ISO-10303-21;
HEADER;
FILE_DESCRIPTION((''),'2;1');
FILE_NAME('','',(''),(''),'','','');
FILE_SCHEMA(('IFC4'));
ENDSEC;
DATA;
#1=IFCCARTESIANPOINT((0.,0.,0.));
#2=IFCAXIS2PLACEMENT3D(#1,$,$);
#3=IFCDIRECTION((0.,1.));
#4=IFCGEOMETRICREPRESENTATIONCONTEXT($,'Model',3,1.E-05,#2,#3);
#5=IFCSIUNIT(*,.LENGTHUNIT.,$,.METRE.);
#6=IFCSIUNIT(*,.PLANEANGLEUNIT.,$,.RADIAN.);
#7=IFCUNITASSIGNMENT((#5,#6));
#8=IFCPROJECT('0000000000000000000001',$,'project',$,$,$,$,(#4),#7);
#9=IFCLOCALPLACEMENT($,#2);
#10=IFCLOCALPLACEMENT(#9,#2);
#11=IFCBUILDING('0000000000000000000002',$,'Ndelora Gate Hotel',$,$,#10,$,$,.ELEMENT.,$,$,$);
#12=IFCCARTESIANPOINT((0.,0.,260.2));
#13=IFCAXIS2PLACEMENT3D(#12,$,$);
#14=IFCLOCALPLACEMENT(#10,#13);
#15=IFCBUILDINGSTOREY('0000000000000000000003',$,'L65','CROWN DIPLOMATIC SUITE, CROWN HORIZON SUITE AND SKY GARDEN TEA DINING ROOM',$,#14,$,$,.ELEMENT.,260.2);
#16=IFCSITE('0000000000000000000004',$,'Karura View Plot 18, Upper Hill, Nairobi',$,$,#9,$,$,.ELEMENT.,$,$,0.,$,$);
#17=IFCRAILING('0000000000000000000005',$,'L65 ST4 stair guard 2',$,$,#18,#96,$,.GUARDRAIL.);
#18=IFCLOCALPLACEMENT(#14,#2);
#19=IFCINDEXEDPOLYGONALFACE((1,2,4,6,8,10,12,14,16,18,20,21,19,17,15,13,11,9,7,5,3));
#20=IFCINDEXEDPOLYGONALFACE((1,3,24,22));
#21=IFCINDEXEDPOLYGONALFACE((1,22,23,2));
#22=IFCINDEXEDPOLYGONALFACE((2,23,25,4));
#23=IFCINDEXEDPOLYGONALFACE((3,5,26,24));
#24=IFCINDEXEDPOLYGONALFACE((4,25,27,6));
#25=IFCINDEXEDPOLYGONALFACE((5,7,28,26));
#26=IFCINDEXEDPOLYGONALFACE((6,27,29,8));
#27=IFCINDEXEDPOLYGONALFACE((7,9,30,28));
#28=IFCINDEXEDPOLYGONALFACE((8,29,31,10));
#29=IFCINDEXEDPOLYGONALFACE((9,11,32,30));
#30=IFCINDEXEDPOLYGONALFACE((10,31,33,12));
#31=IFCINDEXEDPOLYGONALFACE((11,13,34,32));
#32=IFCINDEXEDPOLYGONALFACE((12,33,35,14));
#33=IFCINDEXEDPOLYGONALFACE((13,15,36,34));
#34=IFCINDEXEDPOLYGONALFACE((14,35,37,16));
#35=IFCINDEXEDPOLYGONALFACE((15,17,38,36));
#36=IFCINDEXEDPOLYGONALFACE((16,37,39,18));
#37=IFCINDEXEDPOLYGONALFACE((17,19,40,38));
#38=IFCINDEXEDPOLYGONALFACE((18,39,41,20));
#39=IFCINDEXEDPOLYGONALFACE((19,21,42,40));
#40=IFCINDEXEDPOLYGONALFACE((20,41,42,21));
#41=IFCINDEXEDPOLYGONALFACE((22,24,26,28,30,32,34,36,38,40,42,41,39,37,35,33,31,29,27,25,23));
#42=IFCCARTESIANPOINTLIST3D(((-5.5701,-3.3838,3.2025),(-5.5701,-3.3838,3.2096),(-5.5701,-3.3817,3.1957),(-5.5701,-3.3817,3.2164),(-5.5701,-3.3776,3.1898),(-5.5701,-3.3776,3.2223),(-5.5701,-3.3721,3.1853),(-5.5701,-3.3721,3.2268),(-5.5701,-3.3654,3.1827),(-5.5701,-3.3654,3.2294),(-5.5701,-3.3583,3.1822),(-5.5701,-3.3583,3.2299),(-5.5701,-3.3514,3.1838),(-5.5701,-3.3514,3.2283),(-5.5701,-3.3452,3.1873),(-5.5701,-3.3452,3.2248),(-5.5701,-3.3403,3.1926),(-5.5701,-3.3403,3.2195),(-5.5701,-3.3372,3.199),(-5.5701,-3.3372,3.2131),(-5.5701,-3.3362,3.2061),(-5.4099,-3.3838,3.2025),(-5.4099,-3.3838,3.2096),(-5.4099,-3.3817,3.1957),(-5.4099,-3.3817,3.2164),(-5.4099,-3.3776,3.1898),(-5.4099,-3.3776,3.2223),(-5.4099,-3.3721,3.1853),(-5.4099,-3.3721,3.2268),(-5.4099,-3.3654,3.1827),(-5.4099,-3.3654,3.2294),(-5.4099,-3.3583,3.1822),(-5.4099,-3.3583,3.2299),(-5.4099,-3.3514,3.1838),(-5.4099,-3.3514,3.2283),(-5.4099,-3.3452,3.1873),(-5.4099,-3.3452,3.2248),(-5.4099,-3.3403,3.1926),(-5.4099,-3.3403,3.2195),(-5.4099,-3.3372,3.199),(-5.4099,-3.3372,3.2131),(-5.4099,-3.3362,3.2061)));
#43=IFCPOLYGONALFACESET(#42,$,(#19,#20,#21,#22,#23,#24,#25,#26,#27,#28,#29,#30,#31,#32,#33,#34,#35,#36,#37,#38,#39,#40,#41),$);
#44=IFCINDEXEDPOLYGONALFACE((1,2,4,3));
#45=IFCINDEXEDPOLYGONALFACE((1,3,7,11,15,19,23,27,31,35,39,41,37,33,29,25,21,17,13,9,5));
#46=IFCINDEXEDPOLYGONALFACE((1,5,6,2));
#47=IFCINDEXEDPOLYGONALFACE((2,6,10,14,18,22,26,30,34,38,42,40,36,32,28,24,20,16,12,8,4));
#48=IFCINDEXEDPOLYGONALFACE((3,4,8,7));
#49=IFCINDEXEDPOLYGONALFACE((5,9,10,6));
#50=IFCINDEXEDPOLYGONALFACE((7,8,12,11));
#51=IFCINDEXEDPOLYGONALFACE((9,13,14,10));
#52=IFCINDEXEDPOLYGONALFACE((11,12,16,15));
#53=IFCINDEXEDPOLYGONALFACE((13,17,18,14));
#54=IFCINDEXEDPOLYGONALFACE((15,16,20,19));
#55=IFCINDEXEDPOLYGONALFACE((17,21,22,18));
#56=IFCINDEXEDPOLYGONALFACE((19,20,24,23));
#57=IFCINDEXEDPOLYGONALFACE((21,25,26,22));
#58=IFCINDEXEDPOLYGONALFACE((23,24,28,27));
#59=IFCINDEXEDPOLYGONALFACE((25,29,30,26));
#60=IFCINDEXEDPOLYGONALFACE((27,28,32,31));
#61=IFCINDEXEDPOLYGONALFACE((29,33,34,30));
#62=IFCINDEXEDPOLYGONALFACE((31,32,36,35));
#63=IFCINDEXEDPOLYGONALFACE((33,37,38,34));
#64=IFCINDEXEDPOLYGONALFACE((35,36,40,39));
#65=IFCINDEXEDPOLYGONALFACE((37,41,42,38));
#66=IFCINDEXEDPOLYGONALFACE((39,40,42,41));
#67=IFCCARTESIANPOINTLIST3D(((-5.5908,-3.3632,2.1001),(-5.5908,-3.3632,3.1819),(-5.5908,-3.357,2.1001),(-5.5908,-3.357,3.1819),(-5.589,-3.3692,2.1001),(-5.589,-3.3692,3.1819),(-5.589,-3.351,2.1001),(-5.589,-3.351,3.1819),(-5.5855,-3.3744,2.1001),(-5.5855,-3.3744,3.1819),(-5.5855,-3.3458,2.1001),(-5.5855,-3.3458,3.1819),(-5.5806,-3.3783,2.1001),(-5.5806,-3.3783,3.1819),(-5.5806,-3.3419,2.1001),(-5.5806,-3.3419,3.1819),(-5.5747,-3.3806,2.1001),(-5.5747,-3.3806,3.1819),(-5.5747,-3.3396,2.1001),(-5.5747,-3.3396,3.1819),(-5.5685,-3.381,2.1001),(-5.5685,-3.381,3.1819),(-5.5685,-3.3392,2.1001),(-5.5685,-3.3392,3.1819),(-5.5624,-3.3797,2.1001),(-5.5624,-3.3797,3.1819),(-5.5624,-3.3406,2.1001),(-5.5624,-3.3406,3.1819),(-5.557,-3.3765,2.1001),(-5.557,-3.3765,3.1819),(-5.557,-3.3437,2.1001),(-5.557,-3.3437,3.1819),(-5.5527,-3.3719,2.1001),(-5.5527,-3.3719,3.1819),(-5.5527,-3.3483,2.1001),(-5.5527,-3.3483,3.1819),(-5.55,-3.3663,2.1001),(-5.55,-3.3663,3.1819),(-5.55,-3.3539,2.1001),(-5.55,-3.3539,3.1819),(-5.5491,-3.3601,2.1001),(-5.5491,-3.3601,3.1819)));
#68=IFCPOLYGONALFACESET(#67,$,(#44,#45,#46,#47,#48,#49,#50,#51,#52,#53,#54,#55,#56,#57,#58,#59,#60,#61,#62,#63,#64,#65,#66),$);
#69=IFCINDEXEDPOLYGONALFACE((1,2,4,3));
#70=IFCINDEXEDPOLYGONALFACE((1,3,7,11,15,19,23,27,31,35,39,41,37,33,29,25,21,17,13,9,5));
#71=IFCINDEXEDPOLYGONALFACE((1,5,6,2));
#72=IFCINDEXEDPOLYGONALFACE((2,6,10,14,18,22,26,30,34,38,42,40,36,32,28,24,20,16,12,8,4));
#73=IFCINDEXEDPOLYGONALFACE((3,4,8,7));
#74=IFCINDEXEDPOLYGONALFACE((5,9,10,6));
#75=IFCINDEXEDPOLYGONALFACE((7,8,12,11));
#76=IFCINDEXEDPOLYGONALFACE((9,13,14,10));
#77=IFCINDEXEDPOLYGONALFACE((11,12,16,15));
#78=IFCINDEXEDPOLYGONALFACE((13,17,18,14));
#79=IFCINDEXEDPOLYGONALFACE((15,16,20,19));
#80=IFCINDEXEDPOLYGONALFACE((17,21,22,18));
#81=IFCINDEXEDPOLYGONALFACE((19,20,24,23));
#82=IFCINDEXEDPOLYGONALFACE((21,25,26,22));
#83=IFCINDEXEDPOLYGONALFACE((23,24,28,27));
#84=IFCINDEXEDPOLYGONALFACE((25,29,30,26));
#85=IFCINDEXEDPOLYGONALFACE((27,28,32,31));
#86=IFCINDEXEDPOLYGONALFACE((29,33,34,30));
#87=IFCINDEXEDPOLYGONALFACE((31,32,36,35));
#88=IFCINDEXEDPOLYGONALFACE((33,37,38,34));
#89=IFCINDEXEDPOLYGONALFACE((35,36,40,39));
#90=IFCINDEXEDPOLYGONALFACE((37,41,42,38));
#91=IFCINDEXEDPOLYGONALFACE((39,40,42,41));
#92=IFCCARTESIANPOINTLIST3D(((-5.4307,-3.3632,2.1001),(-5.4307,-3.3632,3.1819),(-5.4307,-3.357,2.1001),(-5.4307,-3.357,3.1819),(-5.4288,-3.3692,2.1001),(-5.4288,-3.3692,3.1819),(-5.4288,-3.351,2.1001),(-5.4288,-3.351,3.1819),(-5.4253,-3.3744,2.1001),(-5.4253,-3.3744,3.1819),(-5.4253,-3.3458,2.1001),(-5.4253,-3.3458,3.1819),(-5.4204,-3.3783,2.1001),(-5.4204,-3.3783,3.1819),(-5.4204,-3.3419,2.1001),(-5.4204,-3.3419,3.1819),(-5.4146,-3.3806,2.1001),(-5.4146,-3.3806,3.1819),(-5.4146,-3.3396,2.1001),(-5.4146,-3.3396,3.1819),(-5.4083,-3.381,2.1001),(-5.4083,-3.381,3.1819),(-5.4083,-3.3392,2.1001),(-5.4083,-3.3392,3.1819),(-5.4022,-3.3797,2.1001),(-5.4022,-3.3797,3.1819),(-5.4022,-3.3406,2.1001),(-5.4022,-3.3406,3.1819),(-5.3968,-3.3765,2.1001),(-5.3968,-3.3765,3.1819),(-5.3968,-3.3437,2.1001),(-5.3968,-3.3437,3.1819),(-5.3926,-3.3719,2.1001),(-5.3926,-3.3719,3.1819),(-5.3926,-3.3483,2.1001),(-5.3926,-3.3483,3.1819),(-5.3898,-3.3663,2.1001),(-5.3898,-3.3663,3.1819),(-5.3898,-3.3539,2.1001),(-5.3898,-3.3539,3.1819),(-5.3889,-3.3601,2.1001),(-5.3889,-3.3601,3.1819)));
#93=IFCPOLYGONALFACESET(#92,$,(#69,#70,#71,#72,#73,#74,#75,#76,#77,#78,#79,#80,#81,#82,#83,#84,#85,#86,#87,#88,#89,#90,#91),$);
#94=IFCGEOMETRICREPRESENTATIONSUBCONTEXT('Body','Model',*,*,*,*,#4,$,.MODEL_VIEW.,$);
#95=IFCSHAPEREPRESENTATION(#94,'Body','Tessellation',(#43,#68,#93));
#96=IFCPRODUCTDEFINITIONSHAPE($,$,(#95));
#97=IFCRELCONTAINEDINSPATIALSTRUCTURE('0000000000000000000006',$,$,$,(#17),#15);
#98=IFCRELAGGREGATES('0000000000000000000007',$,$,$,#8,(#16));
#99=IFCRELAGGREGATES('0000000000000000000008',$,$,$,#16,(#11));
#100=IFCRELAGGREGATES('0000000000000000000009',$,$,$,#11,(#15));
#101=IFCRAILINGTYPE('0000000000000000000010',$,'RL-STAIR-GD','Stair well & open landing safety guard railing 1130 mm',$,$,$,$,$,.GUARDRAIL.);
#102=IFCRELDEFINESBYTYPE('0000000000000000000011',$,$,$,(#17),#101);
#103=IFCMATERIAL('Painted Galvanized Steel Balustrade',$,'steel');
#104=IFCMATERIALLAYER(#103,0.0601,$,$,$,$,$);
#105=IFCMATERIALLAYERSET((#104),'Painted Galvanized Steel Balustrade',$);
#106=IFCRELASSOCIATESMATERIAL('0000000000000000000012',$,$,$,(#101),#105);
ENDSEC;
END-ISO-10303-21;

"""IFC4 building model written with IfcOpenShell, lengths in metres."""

from ifc_helpers import new_model, si_unit, direction, frame, origin, origin_2d, place, context, subcontext, project, spatial, circle, extrude, material, layer, layer_set, type_object, element, save


model = new_model("IFC4")

# Units and contexts
model_context = context("Model", 3, precision=1e-05, world=origin(), true_north=direction((0.0, 1.0)))
body_context = subcontext(model_context, "Body", "Model", "MODEL_VIEW")
ifc_project = project(units=[si_unit("LENGTHUNIT", "METRE"), si_unit("PLANEANGLEUNIT", "RADIAN")], contexts=[model_context])

# Site, building, storey
site_placement = place(None, origin())
site = spatial("IfcSite", under=ifc_project, at=site_placement, Name="Karura View Plot 18, Upper Hill, Nairobi", CompositionType="ELEMENT", RefElevation=0.0)
building_placement = place(site_placement, origin())
building = spatial("IfcBuilding", under=site, at=building_placement, Name="Ndelora Gate Hotel", CompositionType="ELEMENT")
storey_placement = place(building_placement, frame((0.0, 0.0, 260.2)))
storey = spatial("IfcBuildingStorey", under=building, at=storey_placement, Name="L65", Description="CROWN DIPLOMATIC SUITE, CROWN HORIZON SUITE AND SKY GARDEN TEA DINING ROOM", CompositionType="ELEMENT", Elevation=260.2)

# Railing
ifc_material_1 = material(Name="Painted Galvanized Steel Balustrade", Category="steel")
ifc_layer_1 = layer(ifc_material_1, 0.0601)
ifc_layer_set_1 = layer_set([ifc_layer_1], Name="Painted Galvanized Steel Balustrade")
railing_type_1 = type_object("IfcRailingType", Name="RL-STAIR-GD", Description="Stair well & open landing safety guard railing 1130 mm", PredefinedType="GUARDRAIL", material=ifc_layer_set_1)
railing_1_placement = place(storey_placement, frame((-5.5701, -3.3601, 2.1001)))
element("IfcRailing", 1, at=railing_1_placement, inside=storey, type_object=railing_type_1, Name="L65 ST4 stair guard 2", PredefinedType="GUARDRAIL", context=body_context, shape_type="SweptSolid", body=[
    extrude(circle(Radius=0.0239, at=origin_2d()), frame((0.0, 0.0, 1.106), z_axis=(1.0, 0.0, 0.0), x_axis=(0.0, 1.0, 0.0)), (0.0, 0.0, 1.0), 0.1602),
    extrude(circle(Radius=0.021, at=origin_2d()), origin(), (0.0, 0.0, 1.0), 1.0818),
    extrude(circle(Radius=0.021, at=origin_2d()), frame((0.1602, 0.0, 0.0)), (0.0, 0.0, 1.0), 1.0818),
])

save(model, "model.ifc")
